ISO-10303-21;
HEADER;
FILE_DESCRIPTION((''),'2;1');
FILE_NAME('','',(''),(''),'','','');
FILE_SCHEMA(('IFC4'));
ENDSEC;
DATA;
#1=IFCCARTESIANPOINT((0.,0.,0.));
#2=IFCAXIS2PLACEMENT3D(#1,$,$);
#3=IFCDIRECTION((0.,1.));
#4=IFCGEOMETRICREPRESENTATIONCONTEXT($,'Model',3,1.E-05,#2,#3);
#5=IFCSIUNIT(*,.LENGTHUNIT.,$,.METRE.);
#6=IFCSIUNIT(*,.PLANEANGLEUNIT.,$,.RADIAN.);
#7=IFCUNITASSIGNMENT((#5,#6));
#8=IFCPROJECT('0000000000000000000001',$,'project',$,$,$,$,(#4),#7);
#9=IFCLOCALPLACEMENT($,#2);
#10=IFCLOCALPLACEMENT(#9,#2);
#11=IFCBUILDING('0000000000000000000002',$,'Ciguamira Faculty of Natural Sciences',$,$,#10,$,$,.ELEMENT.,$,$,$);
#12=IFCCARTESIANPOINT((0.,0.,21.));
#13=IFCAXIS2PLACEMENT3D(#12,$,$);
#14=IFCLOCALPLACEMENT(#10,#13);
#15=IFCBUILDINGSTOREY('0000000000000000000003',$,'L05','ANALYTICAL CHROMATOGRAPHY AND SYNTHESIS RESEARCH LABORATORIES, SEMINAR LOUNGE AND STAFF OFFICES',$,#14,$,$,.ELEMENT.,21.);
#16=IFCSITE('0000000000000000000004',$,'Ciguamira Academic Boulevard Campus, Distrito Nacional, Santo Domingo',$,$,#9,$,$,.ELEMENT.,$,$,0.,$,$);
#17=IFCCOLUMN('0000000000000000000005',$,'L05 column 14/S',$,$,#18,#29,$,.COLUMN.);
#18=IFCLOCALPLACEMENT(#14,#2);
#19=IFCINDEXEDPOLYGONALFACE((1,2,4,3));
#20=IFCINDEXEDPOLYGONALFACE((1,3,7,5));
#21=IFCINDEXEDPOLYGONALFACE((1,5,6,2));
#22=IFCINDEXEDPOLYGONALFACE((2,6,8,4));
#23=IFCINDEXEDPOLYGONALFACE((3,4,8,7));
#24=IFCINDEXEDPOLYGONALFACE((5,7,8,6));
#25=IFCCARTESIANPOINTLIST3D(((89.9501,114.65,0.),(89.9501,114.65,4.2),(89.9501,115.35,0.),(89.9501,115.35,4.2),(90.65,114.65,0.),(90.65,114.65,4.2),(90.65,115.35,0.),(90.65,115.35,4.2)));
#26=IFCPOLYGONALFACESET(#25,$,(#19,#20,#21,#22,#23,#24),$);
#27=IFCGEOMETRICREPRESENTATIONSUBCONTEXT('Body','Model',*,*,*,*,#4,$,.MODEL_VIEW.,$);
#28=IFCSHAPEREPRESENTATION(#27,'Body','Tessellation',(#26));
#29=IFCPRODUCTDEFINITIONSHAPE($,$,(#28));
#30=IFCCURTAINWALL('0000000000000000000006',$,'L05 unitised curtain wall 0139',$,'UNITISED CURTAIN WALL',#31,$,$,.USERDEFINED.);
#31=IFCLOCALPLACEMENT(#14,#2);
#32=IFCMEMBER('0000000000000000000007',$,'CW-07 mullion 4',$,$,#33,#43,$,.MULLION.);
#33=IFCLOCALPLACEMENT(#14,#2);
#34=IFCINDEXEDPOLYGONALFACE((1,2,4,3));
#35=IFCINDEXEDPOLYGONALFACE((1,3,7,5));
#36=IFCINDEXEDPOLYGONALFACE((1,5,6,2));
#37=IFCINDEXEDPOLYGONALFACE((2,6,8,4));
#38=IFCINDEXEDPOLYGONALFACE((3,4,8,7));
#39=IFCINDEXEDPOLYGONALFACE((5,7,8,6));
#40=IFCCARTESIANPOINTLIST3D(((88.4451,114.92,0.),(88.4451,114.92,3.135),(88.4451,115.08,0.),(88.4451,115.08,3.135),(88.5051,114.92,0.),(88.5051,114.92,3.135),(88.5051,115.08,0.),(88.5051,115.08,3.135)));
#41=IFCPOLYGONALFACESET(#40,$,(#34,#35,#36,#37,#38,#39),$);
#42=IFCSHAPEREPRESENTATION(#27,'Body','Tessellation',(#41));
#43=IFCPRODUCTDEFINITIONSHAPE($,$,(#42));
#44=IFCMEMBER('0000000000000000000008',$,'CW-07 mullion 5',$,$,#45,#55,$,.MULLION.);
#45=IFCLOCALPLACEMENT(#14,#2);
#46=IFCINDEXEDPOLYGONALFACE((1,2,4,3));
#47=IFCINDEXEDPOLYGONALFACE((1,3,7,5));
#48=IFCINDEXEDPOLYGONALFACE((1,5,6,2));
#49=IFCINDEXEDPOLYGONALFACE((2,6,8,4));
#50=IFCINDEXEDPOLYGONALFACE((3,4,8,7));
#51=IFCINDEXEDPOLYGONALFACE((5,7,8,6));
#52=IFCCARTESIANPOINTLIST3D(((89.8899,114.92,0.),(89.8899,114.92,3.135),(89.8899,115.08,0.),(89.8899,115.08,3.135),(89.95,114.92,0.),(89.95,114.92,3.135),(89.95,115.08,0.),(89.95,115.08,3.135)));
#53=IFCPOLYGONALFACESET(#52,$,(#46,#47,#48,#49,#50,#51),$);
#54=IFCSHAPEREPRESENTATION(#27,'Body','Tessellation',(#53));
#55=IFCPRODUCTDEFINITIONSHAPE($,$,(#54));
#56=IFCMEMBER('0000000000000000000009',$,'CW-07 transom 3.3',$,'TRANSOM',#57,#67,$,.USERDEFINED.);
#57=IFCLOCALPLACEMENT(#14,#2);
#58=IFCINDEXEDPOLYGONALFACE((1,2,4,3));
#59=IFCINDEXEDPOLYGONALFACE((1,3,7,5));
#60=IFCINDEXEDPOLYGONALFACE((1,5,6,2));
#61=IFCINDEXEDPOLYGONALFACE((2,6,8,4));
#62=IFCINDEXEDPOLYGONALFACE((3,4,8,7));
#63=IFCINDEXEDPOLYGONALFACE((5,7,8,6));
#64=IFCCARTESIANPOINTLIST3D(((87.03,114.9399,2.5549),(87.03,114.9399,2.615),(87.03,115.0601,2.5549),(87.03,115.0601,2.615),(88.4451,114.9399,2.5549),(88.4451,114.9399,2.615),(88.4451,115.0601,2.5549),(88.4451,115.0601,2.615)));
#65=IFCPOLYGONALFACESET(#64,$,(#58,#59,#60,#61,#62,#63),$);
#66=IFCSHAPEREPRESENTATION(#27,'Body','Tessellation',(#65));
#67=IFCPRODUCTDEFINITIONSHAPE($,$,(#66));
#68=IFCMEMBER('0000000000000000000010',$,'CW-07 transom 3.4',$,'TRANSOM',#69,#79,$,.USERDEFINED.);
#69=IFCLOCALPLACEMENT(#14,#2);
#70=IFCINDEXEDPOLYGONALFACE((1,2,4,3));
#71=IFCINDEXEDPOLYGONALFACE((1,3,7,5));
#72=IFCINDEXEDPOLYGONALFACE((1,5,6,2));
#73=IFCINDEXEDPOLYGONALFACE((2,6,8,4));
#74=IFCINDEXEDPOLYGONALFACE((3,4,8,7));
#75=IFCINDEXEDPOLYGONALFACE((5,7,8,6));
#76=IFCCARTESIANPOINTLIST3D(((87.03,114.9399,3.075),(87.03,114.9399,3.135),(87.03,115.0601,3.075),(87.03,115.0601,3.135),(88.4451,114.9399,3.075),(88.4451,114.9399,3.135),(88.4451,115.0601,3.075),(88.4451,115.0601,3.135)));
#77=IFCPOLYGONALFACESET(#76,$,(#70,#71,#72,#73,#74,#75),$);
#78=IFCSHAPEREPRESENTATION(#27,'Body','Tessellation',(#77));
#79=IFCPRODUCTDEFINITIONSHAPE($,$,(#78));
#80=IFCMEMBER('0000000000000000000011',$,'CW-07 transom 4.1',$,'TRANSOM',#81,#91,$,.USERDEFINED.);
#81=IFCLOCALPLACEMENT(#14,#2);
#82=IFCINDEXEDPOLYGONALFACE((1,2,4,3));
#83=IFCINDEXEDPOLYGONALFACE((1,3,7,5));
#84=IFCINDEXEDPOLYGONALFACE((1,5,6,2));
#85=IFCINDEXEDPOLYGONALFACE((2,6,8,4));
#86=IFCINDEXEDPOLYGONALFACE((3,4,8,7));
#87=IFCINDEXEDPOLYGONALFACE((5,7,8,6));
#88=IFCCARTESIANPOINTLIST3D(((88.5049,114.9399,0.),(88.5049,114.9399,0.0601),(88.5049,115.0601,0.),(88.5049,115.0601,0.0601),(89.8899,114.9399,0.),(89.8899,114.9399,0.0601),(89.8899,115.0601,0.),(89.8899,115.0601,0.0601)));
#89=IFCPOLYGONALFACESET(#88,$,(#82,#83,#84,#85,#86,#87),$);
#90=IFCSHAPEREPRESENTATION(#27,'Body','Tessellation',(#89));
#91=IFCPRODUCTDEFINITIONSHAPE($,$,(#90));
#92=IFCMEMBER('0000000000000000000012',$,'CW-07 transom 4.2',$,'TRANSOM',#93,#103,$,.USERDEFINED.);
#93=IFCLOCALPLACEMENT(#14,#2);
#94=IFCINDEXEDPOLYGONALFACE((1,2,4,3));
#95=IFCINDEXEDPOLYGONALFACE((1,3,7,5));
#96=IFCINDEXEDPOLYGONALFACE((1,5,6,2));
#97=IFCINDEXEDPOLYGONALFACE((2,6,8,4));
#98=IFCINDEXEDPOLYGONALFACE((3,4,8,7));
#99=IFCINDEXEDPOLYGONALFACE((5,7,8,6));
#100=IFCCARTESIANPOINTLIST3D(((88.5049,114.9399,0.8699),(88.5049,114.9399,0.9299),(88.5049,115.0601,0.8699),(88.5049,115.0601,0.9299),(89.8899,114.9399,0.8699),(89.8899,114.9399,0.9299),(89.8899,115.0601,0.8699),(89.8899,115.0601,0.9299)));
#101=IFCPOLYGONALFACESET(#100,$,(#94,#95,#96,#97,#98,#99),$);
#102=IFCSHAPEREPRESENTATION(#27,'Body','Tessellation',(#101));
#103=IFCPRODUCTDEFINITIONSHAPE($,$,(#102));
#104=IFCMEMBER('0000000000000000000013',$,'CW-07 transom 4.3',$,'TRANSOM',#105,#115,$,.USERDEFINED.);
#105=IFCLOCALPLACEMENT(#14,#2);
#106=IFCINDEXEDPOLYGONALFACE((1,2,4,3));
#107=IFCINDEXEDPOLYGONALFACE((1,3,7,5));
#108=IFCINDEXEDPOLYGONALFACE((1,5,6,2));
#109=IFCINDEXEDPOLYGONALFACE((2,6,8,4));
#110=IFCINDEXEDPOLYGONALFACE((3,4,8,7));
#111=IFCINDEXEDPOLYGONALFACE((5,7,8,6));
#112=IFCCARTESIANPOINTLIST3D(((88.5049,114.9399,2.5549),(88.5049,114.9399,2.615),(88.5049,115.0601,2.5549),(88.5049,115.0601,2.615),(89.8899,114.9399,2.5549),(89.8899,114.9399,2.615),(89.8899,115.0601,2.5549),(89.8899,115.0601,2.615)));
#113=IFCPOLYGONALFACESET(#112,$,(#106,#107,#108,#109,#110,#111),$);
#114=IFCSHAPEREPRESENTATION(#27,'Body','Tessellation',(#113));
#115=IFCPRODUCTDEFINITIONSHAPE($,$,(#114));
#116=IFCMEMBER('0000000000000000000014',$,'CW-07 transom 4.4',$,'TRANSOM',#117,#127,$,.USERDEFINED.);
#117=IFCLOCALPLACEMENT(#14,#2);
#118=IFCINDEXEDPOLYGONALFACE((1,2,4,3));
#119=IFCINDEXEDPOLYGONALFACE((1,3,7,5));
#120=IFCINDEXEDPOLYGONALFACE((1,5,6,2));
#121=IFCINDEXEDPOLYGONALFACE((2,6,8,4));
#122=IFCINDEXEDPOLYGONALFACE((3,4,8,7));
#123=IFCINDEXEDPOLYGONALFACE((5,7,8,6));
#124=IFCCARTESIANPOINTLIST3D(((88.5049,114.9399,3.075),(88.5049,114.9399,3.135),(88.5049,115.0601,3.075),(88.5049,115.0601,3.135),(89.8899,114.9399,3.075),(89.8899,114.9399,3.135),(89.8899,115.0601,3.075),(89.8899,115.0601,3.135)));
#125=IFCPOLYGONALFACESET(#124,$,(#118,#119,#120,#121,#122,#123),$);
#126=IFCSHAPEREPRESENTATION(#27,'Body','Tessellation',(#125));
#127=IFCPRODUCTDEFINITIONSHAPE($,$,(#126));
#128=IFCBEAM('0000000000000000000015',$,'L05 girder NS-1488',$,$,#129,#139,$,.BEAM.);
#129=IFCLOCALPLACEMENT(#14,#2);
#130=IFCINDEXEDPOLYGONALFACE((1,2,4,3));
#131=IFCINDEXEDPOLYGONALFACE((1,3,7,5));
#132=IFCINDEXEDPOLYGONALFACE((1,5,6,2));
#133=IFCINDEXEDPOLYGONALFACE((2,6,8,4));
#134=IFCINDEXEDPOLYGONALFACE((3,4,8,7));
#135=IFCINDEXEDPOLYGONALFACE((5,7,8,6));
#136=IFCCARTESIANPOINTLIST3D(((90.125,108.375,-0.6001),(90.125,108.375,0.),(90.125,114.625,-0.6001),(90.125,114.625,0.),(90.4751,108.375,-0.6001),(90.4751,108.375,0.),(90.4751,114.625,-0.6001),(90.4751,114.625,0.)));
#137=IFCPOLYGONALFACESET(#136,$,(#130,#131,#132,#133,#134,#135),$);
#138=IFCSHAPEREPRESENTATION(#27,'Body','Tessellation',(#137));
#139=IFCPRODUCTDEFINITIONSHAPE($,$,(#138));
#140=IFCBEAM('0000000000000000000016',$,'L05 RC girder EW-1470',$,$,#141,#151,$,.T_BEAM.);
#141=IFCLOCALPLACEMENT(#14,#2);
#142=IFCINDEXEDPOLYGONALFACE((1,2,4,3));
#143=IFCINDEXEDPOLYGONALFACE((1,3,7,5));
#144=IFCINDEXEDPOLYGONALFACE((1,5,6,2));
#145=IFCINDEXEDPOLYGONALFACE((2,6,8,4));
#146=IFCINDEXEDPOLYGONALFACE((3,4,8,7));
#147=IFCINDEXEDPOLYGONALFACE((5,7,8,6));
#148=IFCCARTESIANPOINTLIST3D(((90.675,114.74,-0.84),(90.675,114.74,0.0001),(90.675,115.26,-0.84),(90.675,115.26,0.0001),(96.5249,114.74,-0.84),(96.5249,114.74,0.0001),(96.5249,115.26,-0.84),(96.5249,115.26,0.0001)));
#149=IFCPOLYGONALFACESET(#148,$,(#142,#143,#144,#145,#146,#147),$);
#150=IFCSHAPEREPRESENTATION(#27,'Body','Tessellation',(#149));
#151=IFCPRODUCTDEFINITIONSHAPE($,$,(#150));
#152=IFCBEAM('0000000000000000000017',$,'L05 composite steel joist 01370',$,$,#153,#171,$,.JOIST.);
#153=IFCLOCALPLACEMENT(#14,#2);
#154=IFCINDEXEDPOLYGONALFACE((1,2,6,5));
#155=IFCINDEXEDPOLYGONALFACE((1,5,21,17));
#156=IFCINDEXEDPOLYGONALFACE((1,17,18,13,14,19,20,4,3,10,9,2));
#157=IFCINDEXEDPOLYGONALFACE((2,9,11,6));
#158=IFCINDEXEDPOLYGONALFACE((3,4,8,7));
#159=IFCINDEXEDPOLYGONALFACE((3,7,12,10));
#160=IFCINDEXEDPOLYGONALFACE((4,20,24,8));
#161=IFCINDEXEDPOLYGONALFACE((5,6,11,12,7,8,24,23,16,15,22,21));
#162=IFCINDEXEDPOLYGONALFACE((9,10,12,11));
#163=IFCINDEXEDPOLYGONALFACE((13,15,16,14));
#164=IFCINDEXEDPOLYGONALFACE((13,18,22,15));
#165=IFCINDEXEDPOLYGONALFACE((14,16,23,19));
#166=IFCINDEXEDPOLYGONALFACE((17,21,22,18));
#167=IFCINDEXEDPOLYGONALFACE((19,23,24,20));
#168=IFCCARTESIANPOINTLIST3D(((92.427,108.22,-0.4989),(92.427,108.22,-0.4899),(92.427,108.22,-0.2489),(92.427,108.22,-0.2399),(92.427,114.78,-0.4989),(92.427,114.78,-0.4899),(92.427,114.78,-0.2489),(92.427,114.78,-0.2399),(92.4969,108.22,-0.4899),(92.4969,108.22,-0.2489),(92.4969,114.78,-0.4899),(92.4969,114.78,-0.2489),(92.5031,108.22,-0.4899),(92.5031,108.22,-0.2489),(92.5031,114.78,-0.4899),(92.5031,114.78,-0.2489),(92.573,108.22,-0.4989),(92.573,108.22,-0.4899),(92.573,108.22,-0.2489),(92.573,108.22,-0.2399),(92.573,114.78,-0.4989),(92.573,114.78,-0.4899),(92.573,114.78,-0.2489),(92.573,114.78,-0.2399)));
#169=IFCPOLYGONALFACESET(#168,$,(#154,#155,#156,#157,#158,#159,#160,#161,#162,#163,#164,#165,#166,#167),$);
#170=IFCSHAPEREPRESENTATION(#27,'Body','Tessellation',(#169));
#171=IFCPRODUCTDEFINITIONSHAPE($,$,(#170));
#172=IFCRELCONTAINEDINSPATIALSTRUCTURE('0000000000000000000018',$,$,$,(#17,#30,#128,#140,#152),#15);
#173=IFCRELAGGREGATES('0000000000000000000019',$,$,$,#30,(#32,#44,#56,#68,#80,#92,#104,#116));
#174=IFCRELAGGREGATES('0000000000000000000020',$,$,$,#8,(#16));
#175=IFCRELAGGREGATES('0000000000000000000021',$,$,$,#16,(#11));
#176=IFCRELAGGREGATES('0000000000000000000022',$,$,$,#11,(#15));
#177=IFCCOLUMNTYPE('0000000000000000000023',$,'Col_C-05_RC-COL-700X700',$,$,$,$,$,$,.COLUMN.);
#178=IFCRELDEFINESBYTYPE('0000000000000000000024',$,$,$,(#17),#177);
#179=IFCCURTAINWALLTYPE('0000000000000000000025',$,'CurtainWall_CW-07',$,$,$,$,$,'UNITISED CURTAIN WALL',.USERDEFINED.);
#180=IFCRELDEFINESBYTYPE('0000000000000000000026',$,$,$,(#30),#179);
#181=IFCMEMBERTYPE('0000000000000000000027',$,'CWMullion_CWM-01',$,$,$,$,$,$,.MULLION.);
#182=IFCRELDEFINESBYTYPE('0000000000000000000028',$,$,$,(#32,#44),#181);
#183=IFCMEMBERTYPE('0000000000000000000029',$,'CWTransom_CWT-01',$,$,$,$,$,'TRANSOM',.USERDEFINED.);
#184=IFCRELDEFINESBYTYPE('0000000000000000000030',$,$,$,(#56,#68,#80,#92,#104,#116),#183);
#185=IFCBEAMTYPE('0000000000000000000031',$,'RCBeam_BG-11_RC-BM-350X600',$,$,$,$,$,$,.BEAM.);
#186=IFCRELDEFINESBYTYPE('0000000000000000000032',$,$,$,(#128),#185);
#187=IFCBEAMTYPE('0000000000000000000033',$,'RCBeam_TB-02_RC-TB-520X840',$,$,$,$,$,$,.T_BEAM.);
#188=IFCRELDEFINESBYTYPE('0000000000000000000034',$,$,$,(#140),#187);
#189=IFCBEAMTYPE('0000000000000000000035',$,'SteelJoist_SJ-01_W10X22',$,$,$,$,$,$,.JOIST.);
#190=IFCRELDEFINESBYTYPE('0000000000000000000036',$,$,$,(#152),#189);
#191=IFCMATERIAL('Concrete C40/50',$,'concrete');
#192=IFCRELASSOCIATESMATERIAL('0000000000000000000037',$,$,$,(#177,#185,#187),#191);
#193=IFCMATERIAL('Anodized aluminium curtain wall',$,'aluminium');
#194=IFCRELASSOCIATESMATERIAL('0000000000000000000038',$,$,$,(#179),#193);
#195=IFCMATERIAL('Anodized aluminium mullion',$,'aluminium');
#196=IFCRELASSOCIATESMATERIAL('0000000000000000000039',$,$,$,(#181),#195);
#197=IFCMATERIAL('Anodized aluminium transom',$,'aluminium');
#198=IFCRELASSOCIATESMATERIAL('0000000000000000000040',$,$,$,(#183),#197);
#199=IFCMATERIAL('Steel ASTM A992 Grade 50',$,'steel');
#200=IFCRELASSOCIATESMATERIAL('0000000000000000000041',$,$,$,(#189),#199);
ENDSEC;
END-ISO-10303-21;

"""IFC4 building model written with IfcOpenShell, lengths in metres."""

from ifc_helpers import new_model, si_unit, direction, frame, origin, origin_2d, place, context, subcontext, project, spatial, rectangle, i_section, extrude, material, material_profile, profile_set, type_object, element, aggregate, save


model = new_model("IFC4")

# Units and contexts
model_context = context("Model", 3, precision=1e-05, world=origin(), true_north=direction((0.0, 1.0)))
body_context = subcontext(model_context, "Body", "Model", "MODEL_VIEW")
ifc_project = project(units=[si_unit("LENGTHUNIT", "METRE"), si_unit("PLANEANGLEUNIT", "RADIAN")], contexts=[model_context])

# Site, building, storey
site_placement = place(None, origin())
site = spatial("IfcSite", under=ifc_project, at=site_placement, Name="Ciguamira Academic Boulevard Campus, Distrito Nacional, Santo Domingo", CompositionType="ELEMENT", RefElevation=0.0)
building_placement = place(site_placement, origin())
building = spatial("IfcBuilding", under=site, at=building_placement, Name="Ciguamira Faculty of Natural Sciences", CompositionType="ELEMENT")
storey_placement = place(building_placement, frame((0.0, 0.0, 21.0)))
storey = spatial("IfcBuildingStorey", under=building, at=storey_placement, Name="L05", Description="ANALYTICAL CHROMATOGRAPHY AND SYNTHESIS RESEARCH LABORATORIES, SEMINAR LOUNGE AND STAFF OFFICES", CompositionType="ELEMENT", Elevation=21.0)

# Column
ifc_material_1 = material(Name="Concrete C40/50", Category="concrete")
ifc_material_profile_1 = material_profile(ifc_material_1, rectangle(XDim=0.7, YDim=0.7, at=origin_2d()), Name="RC-COL-700X700")
ifc_profile_set_1 = profile_set([ifc_material_profile_1], Name="Concrete C40/50")
column_type = type_object("IfcColumnType", Name="Col_C-05_RC-COL-700X700", PredefinedType="COLUMN", material=ifc_profile_set_1)
column_placement = place(storey_placement, frame((90.3, 115.0, 0.0), z_axis=(0.0, 0.0, 1.0), x_axis=(1.0, 0.0, 0.0)))
element("IfcColumn", 1, at=column_placement, inside=storey, type_object=column_type, Name="L05 column 14/S", PredefinedType="COLUMN", context=body_context, shape_type="SweptSolid", body=[
    extrude(rectangle(XDim=0.7, YDim=0.7, at=origin_2d()), origin(), (0.0, 0.0, 1.0), 4.2),
])

# Curtain wall, members
ifc_material_2 = material(Name="Anodized aluminium curtain wall", Category="aluminium")
curtain_wall_type = type_object("IfcCurtainWallType", Name="CurtainWall_CW-07", ElementType="UNITISED CURTAIN WALL", PredefinedType="USERDEFINED", material=ifc_material_2)
curtain_wall_placement = place(storey_placement, origin())
curtain_wall = element("IfcCurtainWall", 2, at=curtain_wall_placement, inside=storey, type_object=curtain_wall_type, Name="L05 unitised curtain wall 0139", ObjectType="UNITISED CURTAIN WALL", PredefinedType="USERDEFINED")
ifc_material_3 = material(Name="Anodized aluminium mullion", Category="aluminium")
ifc_material_profile_2 = material_profile(ifc_material_3, rectangle(XDim=0.0601, YDim=0.1599, at=origin_2d()), Name="ALU-MUL-60X160")
ifc_profile_set_2 = profile_set([ifc_material_profile_2], Name="Anodized aluminium mullion")
member_type_1 = type_object("IfcMemberType", Name="CWMullion_CWM-01", PredefinedType="MULLION", material=ifc_profile_set_2)
member_1_placement = place(storey_placement, frame((88.4751, 115.0, 0.0), z_axis=(0.0, 0.0, 1.0), x_axis=(1.0, 0.0, 0.0)))
member_1 = element("IfcMember", 3, at=member_1_placement, type_object=member_type_1, Name="CW-07 mullion 4", PredefinedType="MULLION", context=body_context, shape_type="SweptSolid", body=[
    extrude(rectangle(XDim=0.0601, YDim=0.1599, at=origin_2d()), origin(), (0.0, 0.0, 1.0), 3.135),
])
member_2_placement = place(storey_placement, frame((89.9199, 115.0, 0.0), z_axis=(0.0, 0.0, 1.0), x_axis=(1.0, 0.0, 0.0)))
member_2 = element("IfcMember", 4, at=member_2_placement, type_object=member_type_1, Name="CW-07 mullion 5", PredefinedType="MULLION", context=body_context, shape_type="SweptSolid", body=[
    extrude(rectangle(XDim=0.0601, YDim=0.1599, at=origin_2d()), origin(), (0.0, 0.0, 1.0), 3.135),
])
ifc_material_4 = material(Name="Anodized aluminium transom", Category="aluminium")
ifc_material_profile_3 = material_profile(ifc_material_4, rectangle(XDim=0.0601, YDim=0.1201, at=origin_2d()), Name="ALU-TRN-60X120")
ifc_profile_set_3 = profile_set([ifc_material_profile_3], Name="Anodized aluminium transom")
member_type_2 = type_object("IfcMemberType", Name="CWTransom_CWT-01", ElementType="TRANSOM", PredefinedType="USERDEFINED", material=ifc_profile_set_3)
member_3_placement = place(storey_placement, frame((87.03, 115.0, 2.585), z_axis=(1.0, 0.0, 0.0), x_axis=(0.0, 0.0, 1.0)))
member_3 = element("IfcMember", 5, at=member_3_placement, type_object=member_type_2, Name="CW-07 transom 3.3", ObjectType="TRANSOM", PredefinedType="USERDEFINED", context=body_context, shape_type="SweptSolid", body=[
    extrude(rectangle(XDim=0.0601, YDim=0.1201, at=origin_2d()), origin(), (0.0, 0.0, 1.0), 1.415),
])
member_4_placement = place(storey_placement, frame((87.03, 115.0, 3.105), z_axis=(1.0, 0.0, 0.0), x_axis=(0.0, 0.0, 1.0)))
member_4 = element("IfcMember", 6, at=member_4_placement, type_object=member_type_2, Name="CW-07 transom 3.4", ObjectType="TRANSOM", PredefinedType="USERDEFINED", context=body_context, shape_type="SweptSolid", body=[
    extrude(rectangle(XDim=0.0601, YDim=0.1201, at=origin_2d()), origin(), (0.0, 0.0, 1.0), 1.415),
])
member_5_placement = place(storey_placement, frame((88.5049, 115.0, 0.03), z_axis=(1.0, 0.0, 0.0), x_axis=(0.0, 0.0, 1.0)))
member_5 = element("IfcMember", 7, at=member_5_placement, type_object=member_type_2, Name="CW-07 transom 4.1", ObjectType="TRANSOM", PredefinedType="USERDEFINED", context=body_context, shape_type="SweptSolid", body=[
    extrude(rectangle(XDim=0.0601, YDim=0.1201, at=origin_2d()), origin(), (0.0, 0.0, 1.0), 1.385),
])
member_6_placement = place(storey_placement, frame((88.5049, 115.0, 0.8999), z_axis=(1.0, 0.0, 0.0), x_axis=(0.0, 0.0, 1.0)))
member_6 = element("IfcMember", 8, at=member_6_placement, type_object=member_type_2, Name="CW-07 transom 4.2", ObjectType="TRANSOM", PredefinedType="USERDEFINED", context=body_context, shape_type="SweptSolid", body=[
    extrude(rectangle(XDim=0.0601, YDim=0.1201, at=origin_2d()), origin(), (0.0, 0.0, 1.0), 1.385),
])
member_7_placement = place(storey_placement, frame((88.5049, 115.0, 2.585), z_axis=(1.0, 0.0, 0.0), x_axis=(0.0, 0.0, 1.0)))
member_7 = element("IfcMember", 9, at=member_7_placement, type_object=member_type_2, Name="CW-07 transom 4.3", ObjectType="TRANSOM", PredefinedType="USERDEFINED", context=body_context, shape_type="SweptSolid", body=[
    extrude(rectangle(XDim=0.0601, YDim=0.1201, at=origin_2d()), origin(), (0.0, 0.0, 1.0), 1.385),
])
member_8_placement = place(storey_placement, frame((88.5049, 115.0, 3.105), z_axis=(1.0, 0.0, 0.0), x_axis=(0.0, 0.0, 1.0)))
member_8 = element("IfcMember", 10, at=member_8_placement, type_object=member_type_2, Name="CW-07 transom 4.4", ObjectType="TRANSOM", PredefinedType="USERDEFINED", context=body_context, shape_type="SweptSolid", body=[
    extrude(rectangle(XDim=0.0601, YDim=0.1201, at=origin_2d()), origin(), (0.0, 0.0, 1.0), 1.385),
])

# Beams
ifc_material_profile_4 = material_profile(ifc_material_1, rectangle(XDim=0.3501, YDim=0.6001, at=origin_2d()), Name="RC-BM-350X600")
ifc_profile_set_4 = profile_set([ifc_material_profile_4], Name="Concrete C40/50")
beam_type_1 = type_object("IfcBeamType", Name="RCBeam_BG-11_RC-BM-350X600", PredefinedType="BEAM", material=ifc_profile_set_4)
beam_1_placement = place(storey_placement, frame((90.3, 108.375, -0.3), z_axis=(0.0, 1.0, 0.0), x_axis=(-1.0, 0.0, 0.0)))
element("IfcBeam", 11, at=beam_1_placement, inside=storey, type_object=beam_type_1, Name="L05 girder NS-1488", PredefinedType="BEAM", context=body_context, shape_type="SweptSolid", body=[
    extrude(rectangle(XDim=0.3501, YDim=0.6001, at=origin_2d()), origin(), (0.0, 0.0, 1.0), 6.25),
])
ifc_material_profile_5 = material_profile(ifc_material_1, rectangle(XDim=0.52, YDim=0.8401, at=origin_2d()), Name="RC-TB-520X840")
ifc_profile_set_5 = profile_set([ifc_material_profile_5], Name="Concrete C40/50")
beam_type_2 = type_object("IfcBeamType", Name="RCBeam_TB-02_RC-TB-520X840", PredefinedType="T_BEAM", material=ifc_profile_set_5)
beam_2_placement = place(storey_placement, frame((90.675, 115.0, -0.4199), z_axis=(1.0, 0.0, 0.0), x_axis=(0.0, 1.0, 0.0)))
element("IfcBeam", 12, at=beam_2_placement, inside=storey, type_object=beam_type_2, Name="L05 RC girder EW-1470", PredefinedType="T_BEAM", context=body_context, shape_type="SweptSolid", body=[
    extrude(rectangle(XDim=0.52, YDim=0.8401, at=origin_2d()), origin(), (0.0, 0.0, 1.0), 5.8499),
])
ifc_material_5 = material(Name="Steel ASTM A992 Grade 50", Category="steel")
ifc_material_profile_6 = material_profile(ifc_material_5, i_section(OverallWidth=0.146, OverallDepth=0.259, WebThickness=0.0061, FlangeThickness=0.009, at=origin_2d()), Name="W10X22")
ifc_profile_set_6 = profile_set([ifc_material_profile_6], Name="Steel ASTM A992 Grade 50")
beam_type_3 = type_object("IfcBeamType", Name="SteelJoist_SJ-01_W10X22", PredefinedType="JOIST", material=ifc_profile_set_6)
beam_3_placement = place(storey_placement, frame((92.5, 108.22, -0.3694), z_axis=(0.0, 1.0, 0.0), x_axis=(-1.0, 0.0, 0.0)))
element("IfcBeam", 13, at=beam_3_placement, inside=storey, type_object=beam_type_3, Name="L05 composite steel joist 01370", PredefinedType="JOIST", context=body_context, shape_type="SweptSolid", body=[
    extrude(i_section(OverallWidth=0.146, OverallDepth=0.259, WebThickness=0.0061, FlangeThickness=0.009, at=origin_2d()), origin(), (0.0, 0.0, 1.0), 6.5601),
])

aggregate(curtain_wall, [member_1, member_2, member_3, member_4, member_5, member_6, member_7, member_8])

save(model, "model.ifc")
